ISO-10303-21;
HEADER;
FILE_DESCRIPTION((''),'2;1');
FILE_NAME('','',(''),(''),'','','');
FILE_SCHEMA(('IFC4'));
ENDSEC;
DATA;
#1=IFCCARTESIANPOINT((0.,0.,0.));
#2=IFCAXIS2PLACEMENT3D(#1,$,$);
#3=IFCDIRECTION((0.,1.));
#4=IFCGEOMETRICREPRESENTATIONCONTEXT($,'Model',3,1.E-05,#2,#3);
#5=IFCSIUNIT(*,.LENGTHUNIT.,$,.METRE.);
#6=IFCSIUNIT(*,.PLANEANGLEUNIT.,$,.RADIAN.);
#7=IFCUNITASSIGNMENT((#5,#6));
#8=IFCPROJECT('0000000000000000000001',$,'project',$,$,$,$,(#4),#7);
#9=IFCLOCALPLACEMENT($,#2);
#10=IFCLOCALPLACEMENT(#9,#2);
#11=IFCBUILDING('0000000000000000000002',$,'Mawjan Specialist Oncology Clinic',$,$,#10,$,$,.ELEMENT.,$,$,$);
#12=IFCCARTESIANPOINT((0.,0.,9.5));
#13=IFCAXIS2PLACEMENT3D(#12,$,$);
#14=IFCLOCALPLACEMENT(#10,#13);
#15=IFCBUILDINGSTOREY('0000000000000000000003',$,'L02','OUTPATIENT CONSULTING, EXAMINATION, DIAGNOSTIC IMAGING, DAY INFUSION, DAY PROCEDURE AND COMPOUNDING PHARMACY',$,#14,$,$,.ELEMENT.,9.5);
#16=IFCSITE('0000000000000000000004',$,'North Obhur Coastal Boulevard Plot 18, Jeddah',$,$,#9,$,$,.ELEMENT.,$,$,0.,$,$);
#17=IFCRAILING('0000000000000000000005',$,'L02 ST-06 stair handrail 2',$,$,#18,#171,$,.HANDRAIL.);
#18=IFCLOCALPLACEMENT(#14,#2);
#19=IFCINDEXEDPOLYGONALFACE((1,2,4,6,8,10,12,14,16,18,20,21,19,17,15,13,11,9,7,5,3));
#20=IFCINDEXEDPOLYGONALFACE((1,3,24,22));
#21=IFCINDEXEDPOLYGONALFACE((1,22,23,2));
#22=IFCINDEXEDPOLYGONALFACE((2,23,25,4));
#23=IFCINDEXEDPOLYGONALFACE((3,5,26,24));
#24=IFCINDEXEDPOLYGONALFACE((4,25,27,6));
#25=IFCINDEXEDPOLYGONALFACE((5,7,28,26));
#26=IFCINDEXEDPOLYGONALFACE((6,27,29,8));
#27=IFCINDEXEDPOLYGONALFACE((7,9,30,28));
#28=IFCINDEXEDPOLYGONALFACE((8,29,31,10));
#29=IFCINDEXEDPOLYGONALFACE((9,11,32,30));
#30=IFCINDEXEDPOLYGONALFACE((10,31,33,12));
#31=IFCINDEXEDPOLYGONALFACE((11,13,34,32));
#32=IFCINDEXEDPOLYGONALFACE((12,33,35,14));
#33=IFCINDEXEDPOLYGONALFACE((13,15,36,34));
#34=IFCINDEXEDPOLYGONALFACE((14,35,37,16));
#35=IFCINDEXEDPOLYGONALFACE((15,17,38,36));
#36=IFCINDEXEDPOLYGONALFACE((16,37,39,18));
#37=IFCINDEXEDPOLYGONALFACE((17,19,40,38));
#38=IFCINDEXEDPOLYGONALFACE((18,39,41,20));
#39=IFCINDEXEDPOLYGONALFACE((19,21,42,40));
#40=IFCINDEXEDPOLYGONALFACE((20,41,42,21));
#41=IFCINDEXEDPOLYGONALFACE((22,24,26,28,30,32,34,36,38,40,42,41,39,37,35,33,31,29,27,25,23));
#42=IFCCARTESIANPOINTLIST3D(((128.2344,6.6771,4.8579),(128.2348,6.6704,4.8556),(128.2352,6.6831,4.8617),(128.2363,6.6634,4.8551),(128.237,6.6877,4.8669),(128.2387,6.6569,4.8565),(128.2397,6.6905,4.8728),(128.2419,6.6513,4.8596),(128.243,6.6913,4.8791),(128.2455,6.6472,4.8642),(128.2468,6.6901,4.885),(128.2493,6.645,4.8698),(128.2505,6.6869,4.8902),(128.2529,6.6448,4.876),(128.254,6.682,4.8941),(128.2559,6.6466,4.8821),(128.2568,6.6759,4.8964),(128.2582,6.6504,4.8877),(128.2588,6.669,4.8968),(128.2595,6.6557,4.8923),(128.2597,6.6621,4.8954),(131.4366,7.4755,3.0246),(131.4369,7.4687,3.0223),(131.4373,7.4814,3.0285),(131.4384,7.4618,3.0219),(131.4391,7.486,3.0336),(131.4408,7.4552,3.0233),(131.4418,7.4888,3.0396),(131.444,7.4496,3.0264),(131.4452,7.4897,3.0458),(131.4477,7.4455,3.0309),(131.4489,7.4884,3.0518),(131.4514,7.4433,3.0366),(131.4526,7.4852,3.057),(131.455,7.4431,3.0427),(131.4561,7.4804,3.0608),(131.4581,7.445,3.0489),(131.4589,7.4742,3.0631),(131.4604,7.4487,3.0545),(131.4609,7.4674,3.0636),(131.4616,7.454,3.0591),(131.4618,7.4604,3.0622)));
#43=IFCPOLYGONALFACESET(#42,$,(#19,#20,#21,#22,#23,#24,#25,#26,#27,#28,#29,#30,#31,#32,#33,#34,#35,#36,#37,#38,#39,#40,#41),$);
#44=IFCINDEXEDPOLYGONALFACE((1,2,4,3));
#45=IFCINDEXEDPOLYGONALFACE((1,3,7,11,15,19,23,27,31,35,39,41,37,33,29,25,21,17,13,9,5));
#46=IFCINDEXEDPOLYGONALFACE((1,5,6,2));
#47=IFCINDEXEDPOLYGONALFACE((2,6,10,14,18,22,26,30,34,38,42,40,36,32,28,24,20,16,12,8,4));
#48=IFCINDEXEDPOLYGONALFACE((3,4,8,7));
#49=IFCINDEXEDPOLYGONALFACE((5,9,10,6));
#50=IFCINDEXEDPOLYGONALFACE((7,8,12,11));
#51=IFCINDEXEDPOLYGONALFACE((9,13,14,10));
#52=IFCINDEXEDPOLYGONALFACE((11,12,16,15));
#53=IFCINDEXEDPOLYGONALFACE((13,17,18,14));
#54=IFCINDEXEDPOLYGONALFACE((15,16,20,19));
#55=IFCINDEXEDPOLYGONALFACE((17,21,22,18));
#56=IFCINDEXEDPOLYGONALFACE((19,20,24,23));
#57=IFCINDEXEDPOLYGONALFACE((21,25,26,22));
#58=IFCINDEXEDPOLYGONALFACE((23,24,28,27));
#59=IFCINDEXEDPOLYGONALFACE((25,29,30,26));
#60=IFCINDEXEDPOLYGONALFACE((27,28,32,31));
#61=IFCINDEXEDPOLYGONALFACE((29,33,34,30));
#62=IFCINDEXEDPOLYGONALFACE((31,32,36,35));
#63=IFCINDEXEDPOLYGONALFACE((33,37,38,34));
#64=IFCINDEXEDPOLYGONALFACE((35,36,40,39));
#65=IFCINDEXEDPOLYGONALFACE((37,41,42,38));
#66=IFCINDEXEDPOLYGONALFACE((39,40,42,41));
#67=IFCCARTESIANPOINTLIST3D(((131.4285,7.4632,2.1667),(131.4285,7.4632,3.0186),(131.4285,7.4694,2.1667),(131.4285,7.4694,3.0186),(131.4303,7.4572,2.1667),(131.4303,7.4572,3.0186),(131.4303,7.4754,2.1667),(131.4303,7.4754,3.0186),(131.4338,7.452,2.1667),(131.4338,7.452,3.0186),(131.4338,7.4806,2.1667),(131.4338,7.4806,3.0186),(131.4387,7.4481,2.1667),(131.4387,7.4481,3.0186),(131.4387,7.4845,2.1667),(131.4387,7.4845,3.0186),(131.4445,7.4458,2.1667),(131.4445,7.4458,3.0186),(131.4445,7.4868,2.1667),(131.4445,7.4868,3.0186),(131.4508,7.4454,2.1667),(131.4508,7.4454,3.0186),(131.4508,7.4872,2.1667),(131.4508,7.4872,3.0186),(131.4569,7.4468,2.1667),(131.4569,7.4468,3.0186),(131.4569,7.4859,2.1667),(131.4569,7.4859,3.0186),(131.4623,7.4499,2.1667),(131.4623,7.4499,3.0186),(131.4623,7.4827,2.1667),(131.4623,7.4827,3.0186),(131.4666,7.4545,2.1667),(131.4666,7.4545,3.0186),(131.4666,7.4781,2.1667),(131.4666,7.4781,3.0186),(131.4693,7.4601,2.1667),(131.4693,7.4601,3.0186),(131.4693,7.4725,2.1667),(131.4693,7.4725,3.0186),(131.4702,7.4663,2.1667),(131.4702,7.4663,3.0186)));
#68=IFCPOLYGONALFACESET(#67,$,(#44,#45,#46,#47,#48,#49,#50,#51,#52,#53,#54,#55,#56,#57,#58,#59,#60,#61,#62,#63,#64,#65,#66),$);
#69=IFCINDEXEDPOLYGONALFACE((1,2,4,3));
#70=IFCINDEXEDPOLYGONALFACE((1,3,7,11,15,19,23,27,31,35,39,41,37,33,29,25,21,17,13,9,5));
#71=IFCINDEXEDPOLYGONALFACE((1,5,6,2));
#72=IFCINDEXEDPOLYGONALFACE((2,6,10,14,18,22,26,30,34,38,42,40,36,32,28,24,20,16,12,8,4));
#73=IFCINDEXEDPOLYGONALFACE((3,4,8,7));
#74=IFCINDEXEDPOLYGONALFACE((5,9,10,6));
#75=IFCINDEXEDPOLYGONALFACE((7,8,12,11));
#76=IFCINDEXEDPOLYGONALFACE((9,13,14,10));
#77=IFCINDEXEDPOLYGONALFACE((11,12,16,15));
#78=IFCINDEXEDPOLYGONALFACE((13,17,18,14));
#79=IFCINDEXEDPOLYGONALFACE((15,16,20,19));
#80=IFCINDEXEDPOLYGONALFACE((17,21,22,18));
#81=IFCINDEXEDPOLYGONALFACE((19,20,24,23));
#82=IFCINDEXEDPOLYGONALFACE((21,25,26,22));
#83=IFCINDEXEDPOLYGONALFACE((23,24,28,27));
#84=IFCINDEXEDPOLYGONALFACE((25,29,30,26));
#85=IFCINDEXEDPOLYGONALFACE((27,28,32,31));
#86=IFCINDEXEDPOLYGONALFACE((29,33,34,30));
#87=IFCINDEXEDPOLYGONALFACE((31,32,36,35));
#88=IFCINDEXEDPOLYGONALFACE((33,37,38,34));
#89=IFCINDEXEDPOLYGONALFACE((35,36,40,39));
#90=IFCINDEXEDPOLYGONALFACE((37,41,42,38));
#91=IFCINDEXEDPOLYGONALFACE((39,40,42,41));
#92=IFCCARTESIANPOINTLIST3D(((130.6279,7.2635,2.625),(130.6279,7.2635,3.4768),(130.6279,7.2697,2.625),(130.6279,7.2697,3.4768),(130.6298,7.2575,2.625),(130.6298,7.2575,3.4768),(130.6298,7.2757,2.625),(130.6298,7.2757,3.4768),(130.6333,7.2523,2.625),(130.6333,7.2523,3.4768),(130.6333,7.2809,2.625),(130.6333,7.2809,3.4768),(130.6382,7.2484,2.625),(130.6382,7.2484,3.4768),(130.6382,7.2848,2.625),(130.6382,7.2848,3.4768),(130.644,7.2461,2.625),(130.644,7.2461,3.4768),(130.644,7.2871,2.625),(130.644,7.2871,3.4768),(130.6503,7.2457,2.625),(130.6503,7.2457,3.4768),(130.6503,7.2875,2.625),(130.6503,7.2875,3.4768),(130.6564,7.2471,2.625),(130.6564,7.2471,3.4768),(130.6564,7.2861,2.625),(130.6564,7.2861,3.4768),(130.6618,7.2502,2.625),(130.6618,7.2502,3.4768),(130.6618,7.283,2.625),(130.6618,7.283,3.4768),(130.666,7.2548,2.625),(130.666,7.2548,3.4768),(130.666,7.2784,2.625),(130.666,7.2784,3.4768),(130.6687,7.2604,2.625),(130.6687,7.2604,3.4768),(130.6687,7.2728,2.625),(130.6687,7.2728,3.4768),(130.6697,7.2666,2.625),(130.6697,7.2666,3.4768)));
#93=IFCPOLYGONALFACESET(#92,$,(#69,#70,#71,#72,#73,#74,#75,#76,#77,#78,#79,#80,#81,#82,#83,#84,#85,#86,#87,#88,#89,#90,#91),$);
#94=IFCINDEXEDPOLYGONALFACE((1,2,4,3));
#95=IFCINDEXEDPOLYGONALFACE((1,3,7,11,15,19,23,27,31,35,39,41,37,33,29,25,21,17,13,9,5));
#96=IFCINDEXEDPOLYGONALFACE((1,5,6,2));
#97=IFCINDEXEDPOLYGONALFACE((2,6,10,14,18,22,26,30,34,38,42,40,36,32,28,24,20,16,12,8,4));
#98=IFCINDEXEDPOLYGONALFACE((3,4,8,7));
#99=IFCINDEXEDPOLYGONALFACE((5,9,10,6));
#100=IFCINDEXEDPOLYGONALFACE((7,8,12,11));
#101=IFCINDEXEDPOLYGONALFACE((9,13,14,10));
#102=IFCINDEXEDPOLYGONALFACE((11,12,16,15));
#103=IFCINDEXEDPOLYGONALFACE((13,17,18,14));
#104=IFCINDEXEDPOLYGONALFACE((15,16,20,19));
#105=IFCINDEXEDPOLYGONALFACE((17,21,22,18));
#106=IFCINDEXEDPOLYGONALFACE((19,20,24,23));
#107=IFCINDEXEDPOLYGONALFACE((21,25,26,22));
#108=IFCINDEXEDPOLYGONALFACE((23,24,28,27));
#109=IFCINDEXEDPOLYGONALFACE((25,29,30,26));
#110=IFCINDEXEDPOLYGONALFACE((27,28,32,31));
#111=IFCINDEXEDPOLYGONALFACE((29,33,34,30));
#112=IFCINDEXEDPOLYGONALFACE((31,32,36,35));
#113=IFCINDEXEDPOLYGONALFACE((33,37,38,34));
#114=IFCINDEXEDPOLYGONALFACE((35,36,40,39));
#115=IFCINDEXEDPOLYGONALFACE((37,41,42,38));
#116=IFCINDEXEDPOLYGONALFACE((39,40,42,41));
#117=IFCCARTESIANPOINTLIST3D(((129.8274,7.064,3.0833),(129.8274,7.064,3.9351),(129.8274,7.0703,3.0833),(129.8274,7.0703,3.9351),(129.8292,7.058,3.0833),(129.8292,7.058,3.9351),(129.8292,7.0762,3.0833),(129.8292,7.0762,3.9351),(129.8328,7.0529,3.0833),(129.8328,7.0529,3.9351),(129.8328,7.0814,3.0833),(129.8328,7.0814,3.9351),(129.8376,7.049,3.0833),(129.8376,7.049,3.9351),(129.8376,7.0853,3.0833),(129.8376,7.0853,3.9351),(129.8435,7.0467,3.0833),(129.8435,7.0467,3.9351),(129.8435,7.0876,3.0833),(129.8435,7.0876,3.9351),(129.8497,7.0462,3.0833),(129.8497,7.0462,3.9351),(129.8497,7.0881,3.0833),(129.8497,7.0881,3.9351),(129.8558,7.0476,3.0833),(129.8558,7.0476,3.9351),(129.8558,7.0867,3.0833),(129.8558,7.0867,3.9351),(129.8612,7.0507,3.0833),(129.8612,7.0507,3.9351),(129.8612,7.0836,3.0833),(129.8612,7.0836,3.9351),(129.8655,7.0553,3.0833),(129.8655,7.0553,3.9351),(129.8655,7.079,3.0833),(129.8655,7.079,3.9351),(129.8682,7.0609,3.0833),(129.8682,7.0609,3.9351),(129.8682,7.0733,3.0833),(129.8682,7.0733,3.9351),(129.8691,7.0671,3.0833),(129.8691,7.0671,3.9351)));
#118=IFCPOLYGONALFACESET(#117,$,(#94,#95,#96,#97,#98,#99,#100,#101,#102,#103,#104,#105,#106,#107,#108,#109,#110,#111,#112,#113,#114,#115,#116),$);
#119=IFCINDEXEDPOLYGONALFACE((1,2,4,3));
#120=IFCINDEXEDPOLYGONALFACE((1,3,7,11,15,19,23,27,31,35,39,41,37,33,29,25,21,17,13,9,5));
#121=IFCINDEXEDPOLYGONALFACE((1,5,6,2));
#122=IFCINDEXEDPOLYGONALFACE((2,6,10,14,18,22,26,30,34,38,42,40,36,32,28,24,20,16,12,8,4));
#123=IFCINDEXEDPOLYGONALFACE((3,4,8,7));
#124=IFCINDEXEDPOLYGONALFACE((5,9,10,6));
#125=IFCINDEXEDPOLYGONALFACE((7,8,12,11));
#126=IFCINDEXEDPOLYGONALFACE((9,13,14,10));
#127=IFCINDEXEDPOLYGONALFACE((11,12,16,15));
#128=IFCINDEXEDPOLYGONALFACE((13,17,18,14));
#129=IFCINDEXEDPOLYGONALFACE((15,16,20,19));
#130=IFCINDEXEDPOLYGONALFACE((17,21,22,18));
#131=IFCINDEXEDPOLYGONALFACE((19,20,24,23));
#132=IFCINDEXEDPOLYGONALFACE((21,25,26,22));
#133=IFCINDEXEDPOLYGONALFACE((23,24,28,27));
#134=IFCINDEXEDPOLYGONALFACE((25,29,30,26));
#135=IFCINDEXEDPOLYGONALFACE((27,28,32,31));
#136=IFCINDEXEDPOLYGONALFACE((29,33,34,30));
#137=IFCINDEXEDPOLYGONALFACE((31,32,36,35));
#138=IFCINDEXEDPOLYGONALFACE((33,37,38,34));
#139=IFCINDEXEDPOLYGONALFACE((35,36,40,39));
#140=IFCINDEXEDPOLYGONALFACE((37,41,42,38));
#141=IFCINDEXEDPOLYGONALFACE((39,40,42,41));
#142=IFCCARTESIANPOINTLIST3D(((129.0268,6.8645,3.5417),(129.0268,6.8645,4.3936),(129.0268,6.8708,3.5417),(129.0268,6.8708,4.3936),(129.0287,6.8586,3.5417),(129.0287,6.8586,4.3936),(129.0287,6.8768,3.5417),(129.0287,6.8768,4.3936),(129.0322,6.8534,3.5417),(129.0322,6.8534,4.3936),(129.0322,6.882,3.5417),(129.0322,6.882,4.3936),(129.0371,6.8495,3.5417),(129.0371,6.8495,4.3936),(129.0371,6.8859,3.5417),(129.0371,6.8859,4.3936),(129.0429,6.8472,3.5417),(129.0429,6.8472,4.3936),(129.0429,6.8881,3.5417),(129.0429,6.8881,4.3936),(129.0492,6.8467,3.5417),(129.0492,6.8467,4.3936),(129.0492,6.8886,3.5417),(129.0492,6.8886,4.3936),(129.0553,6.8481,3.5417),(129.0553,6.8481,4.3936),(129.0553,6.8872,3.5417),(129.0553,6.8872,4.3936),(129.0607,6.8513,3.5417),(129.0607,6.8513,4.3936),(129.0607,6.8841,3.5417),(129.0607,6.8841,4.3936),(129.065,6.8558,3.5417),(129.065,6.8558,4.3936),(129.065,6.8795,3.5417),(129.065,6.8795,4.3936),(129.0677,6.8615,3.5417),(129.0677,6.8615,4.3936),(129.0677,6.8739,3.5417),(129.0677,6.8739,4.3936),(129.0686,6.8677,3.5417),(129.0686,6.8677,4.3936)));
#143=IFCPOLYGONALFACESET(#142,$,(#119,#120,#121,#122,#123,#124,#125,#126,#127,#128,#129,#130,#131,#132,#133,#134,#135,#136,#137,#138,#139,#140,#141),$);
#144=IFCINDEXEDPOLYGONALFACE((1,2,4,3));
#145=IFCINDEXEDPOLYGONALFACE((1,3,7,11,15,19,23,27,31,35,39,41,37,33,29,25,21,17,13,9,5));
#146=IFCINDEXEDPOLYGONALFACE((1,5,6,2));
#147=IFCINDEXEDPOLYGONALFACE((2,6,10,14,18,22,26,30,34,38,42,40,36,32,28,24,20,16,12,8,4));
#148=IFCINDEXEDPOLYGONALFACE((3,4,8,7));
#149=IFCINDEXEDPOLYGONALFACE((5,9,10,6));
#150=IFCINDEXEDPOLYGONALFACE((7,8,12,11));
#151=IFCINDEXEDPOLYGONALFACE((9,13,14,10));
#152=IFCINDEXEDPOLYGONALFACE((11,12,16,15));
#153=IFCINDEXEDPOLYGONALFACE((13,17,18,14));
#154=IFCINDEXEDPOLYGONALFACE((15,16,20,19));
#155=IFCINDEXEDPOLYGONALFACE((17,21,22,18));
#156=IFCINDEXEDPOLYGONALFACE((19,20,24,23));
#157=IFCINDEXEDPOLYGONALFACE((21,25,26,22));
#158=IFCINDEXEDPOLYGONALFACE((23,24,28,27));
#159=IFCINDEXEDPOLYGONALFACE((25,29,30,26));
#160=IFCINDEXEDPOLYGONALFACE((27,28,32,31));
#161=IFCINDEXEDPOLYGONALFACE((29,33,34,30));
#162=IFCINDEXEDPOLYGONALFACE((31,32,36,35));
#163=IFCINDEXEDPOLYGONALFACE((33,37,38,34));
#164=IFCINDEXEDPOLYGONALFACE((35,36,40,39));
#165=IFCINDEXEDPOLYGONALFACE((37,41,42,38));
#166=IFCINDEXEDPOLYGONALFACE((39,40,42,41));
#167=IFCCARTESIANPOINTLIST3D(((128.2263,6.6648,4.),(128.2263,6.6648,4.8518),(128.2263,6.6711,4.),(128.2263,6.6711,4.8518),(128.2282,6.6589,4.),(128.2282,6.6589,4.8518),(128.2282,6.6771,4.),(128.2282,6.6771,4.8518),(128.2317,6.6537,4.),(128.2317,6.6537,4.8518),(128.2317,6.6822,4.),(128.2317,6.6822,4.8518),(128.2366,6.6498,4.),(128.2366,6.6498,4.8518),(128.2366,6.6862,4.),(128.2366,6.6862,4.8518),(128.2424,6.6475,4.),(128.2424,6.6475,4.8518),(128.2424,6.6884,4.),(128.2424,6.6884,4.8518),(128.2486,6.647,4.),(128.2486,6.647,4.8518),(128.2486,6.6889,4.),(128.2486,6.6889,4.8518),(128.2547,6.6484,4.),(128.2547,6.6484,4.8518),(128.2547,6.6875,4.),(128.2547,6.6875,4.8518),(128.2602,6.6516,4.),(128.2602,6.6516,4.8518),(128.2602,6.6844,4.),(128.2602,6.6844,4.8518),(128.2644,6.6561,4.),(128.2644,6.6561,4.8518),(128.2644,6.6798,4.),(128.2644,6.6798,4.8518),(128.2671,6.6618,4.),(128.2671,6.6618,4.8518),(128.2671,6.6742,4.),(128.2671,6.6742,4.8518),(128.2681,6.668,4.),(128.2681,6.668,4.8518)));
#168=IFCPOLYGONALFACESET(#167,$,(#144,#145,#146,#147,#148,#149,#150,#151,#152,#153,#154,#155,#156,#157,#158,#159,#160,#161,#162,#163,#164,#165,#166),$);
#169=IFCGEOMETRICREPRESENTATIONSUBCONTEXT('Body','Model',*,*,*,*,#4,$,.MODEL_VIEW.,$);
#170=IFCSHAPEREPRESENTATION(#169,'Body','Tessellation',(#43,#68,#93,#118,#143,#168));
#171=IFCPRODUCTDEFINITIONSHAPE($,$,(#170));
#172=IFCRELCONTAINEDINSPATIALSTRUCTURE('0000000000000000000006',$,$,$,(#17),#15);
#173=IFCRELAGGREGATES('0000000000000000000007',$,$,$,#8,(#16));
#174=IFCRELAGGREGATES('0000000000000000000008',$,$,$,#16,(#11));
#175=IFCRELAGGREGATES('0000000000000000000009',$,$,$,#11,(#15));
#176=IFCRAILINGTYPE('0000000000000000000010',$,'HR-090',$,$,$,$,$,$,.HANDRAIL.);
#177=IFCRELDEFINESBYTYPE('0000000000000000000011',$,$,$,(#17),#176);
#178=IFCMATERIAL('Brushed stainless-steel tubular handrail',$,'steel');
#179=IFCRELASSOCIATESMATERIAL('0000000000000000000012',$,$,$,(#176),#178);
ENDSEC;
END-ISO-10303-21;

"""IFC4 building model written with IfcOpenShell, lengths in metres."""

from ifc_helpers import new_model, si_unit, direction, frame, origin, origin_2d, place, context, subcontext, project, spatial, circle, extrude, material, type_object, element, save


model = new_model("IFC4")

# Units and contexts
model_context = context("Model", 3, precision=1e-05, world=origin(), true_north=direction((0.0, 1.0)))
body_context = subcontext(model_context, "Body", "Model", "MODEL_VIEW")
ifc_project = project(units=[si_unit("LENGTHUNIT", "METRE"), si_unit("PLANEANGLEUNIT", "RADIAN")], contexts=[model_context])

# Site, building, storey
site_placement = place(None, origin())
site = spatial("IfcSite", under=ifc_project, at=site_placement, Name="North Obhur Coastal Boulevard Plot 18, Jeddah", CompositionType="ELEMENT", RefElevation=0.0)
building_placement = place(site_placement, origin())
building = spatial("IfcBuilding", under=site, at=building_placement, Name="Mawjan Specialist Oncology Clinic", CompositionType="ELEMENT")
storey_placement = place(building_placement, frame((0.0, 0.0, 9.5)))
storey = spatial("IfcBuildingStorey", under=building, at=storey_placement, Name="L02", Description="OUTPATIENT CONSULTING, EXAMINATION, DIAGNOSTIC IMAGING, DAY INFUSION, DAY PROCEDURE AND COMPOUNDING PHARMACY", CompositionType="ELEMENT", Elevation=9.5)

# Railing
ifc_material_1 = material(Name="Brushed stainless-steel tubular handrail", Category="steel")
railing_type_1 = type_object("IfcRailingType", Name="HR-090", PredefinedType="HANDRAIL", material=ifc_material_1)
railing_1_placement = place(storey_placement, frame((131.4492, 7.4663, 2.1667)))
element("IfcRailing", 1, at=railing_1_placement, inside=storey, type_object=railing_type_1, Name="L02 ST-06 stair handrail 2", PredefinedType="HANDRAIL", context=body_context, shape_type="SweptSolid", body=[
    extrude(circle(Radius=0.0239, at=origin_2d()), frame((0.0, 0.0, 0.876), z_axis=(-0.848213, -0.211471, 0.485608), x_axis=(0.241909, -0.970299, 0.0)), (0.0, 0.0, 1.0), 3.7751),
    extrude(circle(Radius=0.021, at=origin_2d()), origin(), (0.0, 0.0, 1.0), 0.8518),
    extrude(circle(Radius=0.021, at=origin_2d()), frame((-0.8005, -0.1997, 0.4583)), (0.0, 0.0, 1.0), 0.8518),
    extrude(circle(Radius=0.021, at=origin_2d()), frame((-1.6011, -0.3992, 0.9165)), (0.0, 0.0, 1.0), 0.8518),
    extrude(circle(Radius=0.021, at=origin_2d()), frame((-2.4016, -0.5986, 1.375)), (0.0, 0.0, 1.0), 0.8518),
    extrude(circle(Radius=0.021, at=origin_2d()), frame((-3.2021, -0.7983, 1.8333)), (0.0, 0.0, 1.0), 0.8518),
])

save(model, "model.ifc")
